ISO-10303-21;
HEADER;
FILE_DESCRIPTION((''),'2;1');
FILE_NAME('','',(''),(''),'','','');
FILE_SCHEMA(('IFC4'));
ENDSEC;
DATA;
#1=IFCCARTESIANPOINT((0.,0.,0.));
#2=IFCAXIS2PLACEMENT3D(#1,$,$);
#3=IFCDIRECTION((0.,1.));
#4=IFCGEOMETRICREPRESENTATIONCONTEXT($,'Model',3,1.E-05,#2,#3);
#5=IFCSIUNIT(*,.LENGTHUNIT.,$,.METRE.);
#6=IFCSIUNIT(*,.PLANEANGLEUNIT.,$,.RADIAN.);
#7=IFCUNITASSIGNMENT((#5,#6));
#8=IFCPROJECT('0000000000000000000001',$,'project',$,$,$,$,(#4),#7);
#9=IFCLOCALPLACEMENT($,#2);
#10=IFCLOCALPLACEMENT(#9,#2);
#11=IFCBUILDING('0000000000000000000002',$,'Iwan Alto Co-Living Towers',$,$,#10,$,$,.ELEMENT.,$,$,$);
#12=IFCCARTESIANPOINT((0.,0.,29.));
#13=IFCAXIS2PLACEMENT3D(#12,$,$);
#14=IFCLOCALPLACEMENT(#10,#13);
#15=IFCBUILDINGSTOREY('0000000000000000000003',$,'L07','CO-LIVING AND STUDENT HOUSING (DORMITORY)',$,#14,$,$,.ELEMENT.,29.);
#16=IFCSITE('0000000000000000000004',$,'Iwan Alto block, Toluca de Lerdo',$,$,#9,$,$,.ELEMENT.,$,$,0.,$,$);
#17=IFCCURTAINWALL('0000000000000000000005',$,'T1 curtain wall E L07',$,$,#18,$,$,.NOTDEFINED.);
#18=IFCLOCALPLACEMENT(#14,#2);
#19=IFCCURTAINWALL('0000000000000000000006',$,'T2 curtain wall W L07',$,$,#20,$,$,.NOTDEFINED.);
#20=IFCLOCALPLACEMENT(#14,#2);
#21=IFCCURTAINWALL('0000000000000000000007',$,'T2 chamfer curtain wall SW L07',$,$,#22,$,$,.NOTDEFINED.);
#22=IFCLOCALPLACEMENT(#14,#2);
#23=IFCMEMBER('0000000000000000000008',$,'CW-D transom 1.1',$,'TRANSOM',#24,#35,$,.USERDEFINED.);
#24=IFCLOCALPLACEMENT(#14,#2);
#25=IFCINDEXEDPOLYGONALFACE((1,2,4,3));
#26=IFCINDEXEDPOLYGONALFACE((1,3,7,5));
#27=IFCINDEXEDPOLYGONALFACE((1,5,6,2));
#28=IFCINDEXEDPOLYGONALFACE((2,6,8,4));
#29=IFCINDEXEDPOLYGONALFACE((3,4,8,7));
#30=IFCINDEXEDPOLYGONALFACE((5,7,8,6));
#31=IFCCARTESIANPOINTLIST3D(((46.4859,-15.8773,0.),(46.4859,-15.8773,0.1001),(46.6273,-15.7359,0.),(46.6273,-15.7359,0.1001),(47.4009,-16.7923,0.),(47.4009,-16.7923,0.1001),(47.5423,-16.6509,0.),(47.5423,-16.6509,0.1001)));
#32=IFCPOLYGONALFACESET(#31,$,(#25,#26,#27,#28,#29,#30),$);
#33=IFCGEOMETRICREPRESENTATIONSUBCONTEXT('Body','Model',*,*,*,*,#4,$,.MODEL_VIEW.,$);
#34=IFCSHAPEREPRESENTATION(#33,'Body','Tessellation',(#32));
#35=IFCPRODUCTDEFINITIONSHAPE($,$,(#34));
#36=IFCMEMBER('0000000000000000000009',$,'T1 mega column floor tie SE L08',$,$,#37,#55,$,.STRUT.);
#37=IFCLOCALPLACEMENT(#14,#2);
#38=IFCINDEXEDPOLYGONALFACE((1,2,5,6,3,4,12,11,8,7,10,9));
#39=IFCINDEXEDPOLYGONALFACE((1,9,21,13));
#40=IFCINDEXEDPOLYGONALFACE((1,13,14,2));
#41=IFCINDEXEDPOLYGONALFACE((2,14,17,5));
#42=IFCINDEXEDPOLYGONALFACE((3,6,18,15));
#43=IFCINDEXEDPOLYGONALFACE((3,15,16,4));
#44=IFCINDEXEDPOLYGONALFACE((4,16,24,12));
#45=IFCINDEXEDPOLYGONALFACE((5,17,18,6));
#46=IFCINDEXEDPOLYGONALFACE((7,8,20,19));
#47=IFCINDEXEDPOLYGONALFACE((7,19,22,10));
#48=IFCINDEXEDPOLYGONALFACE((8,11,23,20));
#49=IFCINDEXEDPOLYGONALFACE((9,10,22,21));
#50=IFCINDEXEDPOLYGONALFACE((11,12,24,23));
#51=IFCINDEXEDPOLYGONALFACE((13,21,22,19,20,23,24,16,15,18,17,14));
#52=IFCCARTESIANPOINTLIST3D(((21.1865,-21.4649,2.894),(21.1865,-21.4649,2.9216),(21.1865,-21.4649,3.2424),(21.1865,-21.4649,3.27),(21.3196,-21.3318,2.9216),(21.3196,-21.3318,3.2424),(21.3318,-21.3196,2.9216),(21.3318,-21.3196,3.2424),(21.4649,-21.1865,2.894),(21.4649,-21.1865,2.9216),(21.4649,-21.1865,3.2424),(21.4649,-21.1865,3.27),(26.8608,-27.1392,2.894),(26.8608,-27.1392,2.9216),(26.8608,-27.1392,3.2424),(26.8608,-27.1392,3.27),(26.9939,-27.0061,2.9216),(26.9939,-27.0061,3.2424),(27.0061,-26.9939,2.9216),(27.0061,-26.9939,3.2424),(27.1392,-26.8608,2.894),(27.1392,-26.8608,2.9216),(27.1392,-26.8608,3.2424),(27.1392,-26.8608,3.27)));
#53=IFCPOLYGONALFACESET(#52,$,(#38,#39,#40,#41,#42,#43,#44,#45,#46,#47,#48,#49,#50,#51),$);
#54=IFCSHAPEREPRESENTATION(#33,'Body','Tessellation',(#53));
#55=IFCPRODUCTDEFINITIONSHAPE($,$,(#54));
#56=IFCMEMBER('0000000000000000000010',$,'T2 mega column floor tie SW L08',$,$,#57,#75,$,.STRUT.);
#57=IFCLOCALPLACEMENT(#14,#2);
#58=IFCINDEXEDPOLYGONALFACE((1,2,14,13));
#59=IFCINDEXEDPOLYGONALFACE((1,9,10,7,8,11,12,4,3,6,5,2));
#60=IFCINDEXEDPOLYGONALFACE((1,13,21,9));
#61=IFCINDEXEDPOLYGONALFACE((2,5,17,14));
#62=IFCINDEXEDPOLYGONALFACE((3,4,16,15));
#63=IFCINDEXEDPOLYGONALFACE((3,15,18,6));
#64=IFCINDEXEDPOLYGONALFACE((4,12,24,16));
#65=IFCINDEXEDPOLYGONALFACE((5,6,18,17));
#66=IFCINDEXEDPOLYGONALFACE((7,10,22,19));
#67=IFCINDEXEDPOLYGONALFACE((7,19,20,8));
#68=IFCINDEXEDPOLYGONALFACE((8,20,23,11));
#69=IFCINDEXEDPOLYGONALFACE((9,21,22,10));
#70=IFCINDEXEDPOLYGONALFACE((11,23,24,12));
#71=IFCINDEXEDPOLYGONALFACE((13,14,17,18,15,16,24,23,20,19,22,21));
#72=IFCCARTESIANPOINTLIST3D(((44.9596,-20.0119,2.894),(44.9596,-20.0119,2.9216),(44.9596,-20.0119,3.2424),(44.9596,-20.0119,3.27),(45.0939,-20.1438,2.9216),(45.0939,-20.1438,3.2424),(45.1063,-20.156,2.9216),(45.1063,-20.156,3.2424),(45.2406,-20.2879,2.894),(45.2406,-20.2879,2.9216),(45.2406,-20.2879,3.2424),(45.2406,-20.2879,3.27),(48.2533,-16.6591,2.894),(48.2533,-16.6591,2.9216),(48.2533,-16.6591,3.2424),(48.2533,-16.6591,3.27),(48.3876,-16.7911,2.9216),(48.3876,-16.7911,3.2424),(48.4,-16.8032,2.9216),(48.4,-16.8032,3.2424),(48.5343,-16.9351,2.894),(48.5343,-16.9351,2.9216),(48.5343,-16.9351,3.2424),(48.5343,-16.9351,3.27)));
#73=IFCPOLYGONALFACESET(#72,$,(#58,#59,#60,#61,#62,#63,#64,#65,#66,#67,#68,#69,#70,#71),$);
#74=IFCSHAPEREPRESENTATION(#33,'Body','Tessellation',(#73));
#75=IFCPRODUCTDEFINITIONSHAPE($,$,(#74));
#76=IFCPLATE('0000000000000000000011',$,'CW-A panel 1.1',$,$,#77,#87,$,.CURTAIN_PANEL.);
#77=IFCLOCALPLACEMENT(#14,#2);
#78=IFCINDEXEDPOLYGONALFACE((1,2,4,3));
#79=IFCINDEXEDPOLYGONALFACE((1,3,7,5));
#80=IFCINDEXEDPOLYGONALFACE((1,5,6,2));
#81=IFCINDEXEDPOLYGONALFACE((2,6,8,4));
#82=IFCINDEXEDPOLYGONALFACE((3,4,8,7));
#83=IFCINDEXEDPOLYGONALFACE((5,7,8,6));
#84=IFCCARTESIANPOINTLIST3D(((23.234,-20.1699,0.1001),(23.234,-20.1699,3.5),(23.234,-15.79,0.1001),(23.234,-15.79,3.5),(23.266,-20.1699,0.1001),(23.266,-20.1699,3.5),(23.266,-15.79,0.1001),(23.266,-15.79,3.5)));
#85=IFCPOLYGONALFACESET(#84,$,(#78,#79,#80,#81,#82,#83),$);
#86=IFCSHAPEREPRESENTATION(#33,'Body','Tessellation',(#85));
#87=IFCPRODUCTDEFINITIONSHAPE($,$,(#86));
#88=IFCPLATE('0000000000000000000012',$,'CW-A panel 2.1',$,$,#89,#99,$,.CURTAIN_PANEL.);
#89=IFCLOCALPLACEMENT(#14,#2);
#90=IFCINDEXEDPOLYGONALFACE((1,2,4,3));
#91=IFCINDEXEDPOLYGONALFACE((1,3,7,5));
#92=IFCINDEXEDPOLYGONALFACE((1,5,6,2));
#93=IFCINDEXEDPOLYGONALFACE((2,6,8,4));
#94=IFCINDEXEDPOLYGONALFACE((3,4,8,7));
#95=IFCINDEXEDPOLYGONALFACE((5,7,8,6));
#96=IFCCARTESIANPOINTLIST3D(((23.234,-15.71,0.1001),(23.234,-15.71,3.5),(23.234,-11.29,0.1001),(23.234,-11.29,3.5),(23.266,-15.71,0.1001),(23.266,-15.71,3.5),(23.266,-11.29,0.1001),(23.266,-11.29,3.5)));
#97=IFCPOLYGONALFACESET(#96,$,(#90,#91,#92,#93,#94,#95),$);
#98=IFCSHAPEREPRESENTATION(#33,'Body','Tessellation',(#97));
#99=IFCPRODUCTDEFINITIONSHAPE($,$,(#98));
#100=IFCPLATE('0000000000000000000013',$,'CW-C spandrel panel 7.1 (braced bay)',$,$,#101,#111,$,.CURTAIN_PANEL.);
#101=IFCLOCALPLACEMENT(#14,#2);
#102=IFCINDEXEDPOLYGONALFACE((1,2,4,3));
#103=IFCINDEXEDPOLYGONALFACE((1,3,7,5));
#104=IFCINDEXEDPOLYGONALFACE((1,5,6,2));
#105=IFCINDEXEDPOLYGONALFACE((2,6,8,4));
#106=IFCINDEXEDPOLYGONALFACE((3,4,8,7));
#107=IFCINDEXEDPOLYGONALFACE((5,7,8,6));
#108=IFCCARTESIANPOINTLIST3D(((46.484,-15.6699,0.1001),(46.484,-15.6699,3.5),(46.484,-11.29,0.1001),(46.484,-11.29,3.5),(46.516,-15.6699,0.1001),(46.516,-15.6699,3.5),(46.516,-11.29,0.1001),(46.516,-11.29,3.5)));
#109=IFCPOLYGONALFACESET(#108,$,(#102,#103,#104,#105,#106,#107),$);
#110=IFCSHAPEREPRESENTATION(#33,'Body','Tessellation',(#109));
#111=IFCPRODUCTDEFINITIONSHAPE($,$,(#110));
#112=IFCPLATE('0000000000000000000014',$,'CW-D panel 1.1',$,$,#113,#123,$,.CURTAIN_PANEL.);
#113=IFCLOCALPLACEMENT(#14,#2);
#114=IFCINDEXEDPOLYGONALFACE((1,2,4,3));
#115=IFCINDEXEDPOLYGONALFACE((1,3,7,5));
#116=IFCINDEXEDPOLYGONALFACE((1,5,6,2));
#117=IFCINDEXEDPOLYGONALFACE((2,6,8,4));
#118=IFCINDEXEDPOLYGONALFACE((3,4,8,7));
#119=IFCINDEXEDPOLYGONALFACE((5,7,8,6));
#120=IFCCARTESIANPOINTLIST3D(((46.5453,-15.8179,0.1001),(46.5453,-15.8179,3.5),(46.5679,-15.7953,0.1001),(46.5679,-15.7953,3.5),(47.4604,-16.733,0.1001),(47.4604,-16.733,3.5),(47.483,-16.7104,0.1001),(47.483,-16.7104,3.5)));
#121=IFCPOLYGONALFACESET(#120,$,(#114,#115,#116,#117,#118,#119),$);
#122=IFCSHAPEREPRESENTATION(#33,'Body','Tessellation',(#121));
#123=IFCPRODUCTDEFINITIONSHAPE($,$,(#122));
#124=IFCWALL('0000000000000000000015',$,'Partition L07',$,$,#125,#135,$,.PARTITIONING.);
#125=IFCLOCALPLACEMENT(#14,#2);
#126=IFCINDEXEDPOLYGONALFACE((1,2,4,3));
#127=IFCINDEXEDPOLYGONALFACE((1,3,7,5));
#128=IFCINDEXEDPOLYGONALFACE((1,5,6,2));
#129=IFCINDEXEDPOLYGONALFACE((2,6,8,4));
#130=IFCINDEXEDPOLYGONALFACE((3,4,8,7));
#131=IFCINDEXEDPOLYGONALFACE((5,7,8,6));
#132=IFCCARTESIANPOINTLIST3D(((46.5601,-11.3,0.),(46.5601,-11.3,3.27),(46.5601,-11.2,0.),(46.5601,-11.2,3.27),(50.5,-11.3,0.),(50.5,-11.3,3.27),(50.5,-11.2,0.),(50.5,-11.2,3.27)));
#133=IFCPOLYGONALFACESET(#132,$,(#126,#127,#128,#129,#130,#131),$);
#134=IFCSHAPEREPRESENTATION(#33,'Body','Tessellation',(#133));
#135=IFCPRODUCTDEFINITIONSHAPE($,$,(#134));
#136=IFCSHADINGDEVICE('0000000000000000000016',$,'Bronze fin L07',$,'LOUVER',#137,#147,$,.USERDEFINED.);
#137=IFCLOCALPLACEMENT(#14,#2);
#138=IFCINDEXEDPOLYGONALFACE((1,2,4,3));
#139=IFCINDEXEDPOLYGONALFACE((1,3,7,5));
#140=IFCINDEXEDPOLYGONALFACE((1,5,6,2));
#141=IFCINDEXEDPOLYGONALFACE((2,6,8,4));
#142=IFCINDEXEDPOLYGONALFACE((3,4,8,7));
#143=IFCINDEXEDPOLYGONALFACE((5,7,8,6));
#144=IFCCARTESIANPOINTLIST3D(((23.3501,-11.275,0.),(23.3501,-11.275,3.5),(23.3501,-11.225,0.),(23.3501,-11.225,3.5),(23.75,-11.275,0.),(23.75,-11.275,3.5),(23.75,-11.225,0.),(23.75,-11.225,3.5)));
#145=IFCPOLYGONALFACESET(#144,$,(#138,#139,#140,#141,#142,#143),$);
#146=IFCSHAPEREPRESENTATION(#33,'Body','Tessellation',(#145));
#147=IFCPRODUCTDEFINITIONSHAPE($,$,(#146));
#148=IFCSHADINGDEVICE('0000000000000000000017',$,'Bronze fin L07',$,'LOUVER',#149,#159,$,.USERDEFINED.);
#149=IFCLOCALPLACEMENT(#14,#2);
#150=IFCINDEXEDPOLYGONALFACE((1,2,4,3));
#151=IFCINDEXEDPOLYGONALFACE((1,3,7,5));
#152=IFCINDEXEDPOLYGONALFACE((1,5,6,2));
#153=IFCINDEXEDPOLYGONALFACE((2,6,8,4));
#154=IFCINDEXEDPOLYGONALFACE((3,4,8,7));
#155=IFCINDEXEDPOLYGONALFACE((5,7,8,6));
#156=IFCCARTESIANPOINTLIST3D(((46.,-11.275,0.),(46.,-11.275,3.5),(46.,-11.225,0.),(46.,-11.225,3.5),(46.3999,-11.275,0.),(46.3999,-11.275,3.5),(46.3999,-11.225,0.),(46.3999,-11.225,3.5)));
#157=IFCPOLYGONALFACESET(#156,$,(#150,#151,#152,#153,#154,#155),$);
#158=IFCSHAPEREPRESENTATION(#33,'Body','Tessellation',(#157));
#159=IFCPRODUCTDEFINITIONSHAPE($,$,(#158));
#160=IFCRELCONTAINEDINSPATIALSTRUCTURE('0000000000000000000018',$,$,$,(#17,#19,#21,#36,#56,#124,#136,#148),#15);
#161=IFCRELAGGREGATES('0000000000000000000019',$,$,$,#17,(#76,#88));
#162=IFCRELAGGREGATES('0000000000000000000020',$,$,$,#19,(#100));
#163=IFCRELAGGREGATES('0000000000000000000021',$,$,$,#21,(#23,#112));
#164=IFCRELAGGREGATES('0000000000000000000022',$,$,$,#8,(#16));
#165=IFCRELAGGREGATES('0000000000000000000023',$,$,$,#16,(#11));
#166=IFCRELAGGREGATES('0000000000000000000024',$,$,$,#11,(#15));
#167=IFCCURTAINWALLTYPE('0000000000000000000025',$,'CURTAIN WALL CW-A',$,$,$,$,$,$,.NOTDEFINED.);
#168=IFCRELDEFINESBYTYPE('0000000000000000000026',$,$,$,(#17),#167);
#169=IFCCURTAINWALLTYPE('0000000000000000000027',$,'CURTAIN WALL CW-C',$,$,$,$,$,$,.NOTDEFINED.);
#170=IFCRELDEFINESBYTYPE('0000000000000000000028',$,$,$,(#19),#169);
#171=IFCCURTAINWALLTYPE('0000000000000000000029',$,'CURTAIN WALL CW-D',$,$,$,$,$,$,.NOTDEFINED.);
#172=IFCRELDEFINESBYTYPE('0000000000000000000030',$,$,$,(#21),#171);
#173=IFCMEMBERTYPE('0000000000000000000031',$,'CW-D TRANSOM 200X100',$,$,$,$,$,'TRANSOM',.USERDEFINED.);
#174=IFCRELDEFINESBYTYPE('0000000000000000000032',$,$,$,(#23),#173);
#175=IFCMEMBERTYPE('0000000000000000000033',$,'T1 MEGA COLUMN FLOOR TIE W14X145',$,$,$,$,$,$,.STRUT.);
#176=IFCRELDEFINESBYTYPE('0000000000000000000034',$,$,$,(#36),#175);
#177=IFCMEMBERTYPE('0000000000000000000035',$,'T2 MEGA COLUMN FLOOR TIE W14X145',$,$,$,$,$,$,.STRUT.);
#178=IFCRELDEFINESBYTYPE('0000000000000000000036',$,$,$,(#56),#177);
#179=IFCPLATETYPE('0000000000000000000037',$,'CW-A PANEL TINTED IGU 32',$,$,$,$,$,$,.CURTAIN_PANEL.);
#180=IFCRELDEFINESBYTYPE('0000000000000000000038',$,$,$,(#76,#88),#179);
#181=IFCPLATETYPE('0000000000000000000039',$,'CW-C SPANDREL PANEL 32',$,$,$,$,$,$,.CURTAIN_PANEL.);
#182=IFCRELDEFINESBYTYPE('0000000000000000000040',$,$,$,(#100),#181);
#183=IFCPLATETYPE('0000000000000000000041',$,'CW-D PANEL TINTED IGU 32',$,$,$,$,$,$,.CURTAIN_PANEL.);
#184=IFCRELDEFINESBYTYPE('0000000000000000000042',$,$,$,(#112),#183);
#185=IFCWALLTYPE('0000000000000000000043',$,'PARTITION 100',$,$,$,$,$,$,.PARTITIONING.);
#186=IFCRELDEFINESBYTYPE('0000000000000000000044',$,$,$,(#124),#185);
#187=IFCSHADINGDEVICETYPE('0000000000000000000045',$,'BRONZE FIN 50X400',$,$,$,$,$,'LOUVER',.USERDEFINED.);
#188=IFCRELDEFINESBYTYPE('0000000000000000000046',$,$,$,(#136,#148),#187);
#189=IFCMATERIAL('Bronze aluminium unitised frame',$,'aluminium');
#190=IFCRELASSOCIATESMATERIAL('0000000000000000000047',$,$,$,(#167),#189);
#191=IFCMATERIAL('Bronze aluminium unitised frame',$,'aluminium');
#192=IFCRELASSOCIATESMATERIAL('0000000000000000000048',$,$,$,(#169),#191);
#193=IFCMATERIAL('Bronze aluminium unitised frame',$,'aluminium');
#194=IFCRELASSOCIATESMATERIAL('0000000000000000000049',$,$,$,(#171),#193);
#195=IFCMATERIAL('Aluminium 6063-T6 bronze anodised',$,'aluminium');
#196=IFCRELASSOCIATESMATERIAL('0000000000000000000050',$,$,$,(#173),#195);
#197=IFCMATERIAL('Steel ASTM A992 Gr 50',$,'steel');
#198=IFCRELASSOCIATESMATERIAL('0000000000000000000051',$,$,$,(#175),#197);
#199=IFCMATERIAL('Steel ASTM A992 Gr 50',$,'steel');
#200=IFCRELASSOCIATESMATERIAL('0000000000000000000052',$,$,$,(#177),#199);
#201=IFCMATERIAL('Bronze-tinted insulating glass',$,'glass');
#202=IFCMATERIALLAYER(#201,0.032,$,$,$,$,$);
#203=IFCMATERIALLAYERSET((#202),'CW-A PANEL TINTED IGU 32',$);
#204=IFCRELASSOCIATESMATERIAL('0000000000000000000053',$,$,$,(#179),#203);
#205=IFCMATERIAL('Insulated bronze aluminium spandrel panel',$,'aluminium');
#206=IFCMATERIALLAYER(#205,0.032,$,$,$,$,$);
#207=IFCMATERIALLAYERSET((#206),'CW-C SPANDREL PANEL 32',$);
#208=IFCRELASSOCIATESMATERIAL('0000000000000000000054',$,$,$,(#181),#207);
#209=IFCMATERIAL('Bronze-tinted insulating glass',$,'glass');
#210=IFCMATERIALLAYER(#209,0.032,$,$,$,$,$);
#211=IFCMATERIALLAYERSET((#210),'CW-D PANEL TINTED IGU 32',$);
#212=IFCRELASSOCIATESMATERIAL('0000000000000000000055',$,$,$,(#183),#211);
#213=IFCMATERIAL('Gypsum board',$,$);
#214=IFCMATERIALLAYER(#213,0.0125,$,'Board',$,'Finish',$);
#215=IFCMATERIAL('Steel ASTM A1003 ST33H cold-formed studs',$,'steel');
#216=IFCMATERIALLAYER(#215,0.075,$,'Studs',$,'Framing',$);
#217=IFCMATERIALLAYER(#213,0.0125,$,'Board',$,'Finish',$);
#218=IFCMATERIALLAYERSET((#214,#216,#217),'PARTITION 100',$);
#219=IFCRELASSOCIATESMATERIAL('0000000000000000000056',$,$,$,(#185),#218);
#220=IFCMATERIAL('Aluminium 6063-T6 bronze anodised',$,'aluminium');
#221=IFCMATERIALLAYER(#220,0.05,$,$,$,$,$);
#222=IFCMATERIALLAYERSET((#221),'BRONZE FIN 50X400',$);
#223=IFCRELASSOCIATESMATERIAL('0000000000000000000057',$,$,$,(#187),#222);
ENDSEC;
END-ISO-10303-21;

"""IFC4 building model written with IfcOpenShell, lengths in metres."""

from ifc_helpers import new_model, si_unit, direction, frame, frame_2d, origin, origin_2d, place, context, subcontext, project, spatial, rectangle, i_section, extrude, material, layer, layer_set, material_profile, profile_set, type_object, element, aggregate, save


model = new_model("IFC4")

# Units and contexts
model_context = context("Model", 3, precision=1e-05, world=origin(), true_north=direction((0.0, 1.0)))
body_context = subcontext(model_context, "Body", "Model", "MODEL_VIEW")
ifc_project = project(units=[si_unit("LENGTHUNIT", "METRE"), si_unit("PLANEANGLEUNIT", "RADIAN")], contexts=[model_context])

# Site, building, storey
site_placement = place(None, origin())
site = spatial("IfcSite", under=ifc_project, at=site_placement, Name="Iwan Alto block, Toluca de Lerdo", CompositionType="ELEMENT", RefElevation=0.0)
building_placement = place(site_placement, origin())
building = spatial("IfcBuilding", under=site, at=building_placement, Name="Iwan Alto Co-Living Towers", CompositionType="ELEMENT")
storey_placement = place(building_placement, frame((0.0, 0.0, 29.0)))
storey = spatial("IfcBuildingStorey", under=building, at=storey_placement, Name="L07", Description="CO-LIVING AND STUDENT HOUSING (DORMITORY)", CompositionType="ELEMENT", Elevation=29.0)

# Curtain walls, member
ifc_material_1 = material(Name="Bronze aluminium unitised frame", Category="aluminium")
curtain_wall_type_1 = type_object("IfcCurtainWallType", Name="CURTAIN WALL CW-A", PredefinedType="NOTDEFINED", material=ifc_material_1)
curtain_wall_1_placement = place(storey_placement, origin())
curtain_wall_1 = element("IfcCurtainWall", 1, at=curtain_wall_1_placement, inside=storey, type_object=curtain_wall_type_1, Name="T1 curtain wall E L07", PredefinedType="NOTDEFINED")
ifc_material_2 = material(Name="Bronze aluminium unitised frame", Category="aluminium")
curtain_wall_type_2 = type_object("IfcCurtainWallType", Name="CURTAIN WALL CW-C", PredefinedType="NOTDEFINED", material=ifc_material_2)
curtain_wall_2_placement = place(storey_placement, origin())
curtain_wall_2 = element("IfcCurtainWall", 2, at=curtain_wall_2_placement, inside=storey, type_object=curtain_wall_type_2, Name="T2 curtain wall W L07", PredefinedType="NOTDEFINED")
ifc_material_3 = material(Name="Bronze aluminium unitised frame", Category="aluminium")
curtain_wall_type_3 = type_object("IfcCurtainWallType", Name="CURTAIN WALL CW-D", PredefinedType="NOTDEFINED", material=ifc_material_3)
curtain_wall_3_placement = place(storey_placement, origin())
curtain_wall_3 = element("IfcCurtainWall", 3, at=curtain_wall_3_placement, inside=storey, type_object=curtain_wall_type_3, Name="T2 chamfer curtain wall SW L07", PredefinedType="NOTDEFINED")
ifc_material_4 = material(Name="Aluminium 6063-T6 bronze anodised", Category="aluminium")
ifc_material_profile_1 = material_profile(ifc_material_4, rectangle(XDim=0.2, YDim=0.1001, at=origin_2d()), Name="AL 200X100")
ifc_profile_set_1 = profile_set([ifc_material_profile_1], Name="Aluminium 6063-T6 bronze anodised")
member_type_1 = type_object("IfcMemberType", Name="CW-D TRANSOM 200X100", ElementType="TRANSOM", PredefinedType="USERDEFINED", material=ifc_profile_set_1)
member_1_placement = place(storey_placement, frame((46.5566, -15.8066, 0.05), z_axis=(0.707107, -0.707107, 0.0), x_axis=(0.707107, 0.707107, 0.0)))
member_1 = element("IfcMember", 4, at=member_1_placement, type_object=member_type_1, Name="CW-D transom 1.1", ObjectType="TRANSOM", PredefinedType="USERDEFINED", context=body_context, shape_type="SweptSolid", body=[
    extrude(rectangle(XDim=0.2, YDim=0.1001, at=origin_2d()), origin(), (0.0, 0.0, 1.0), 1.2939),
])

# Members
ifc_material_5 = material(Name="Steel ASTM A992 Gr 50", Category="steel")
ifc_material_profile_2 = material_profile(ifc_material_5, i_section(OverallWidth=0.3938, OverallDepth=0.376, WebThickness=0.0173, FlangeThickness=0.0276, at=origin_2d()), Name="W14X145")
ifc_profile_set_2 = profile_set([ifc_material_profile_2], Name="Steel ASTM A992 Gr 50")
member_type_2 = type_object("IfcMemberType", Name="T1 MEGA COLUMN FLOOR TIE W14X145", PredefinedType="STRUT", material=ifc_profile_set_2)
member_2_placement = place(storey_placement, frame((27.0, -27.0, 3.082), z_axis=(-0.707107, 0.707107, 0.0), x_axis=(-0.707107, -0.707107, 0.0)))
element("IfcMember", 5, at=member_2_placement, inside=storey, type_object=member_type_2, Name="T1 mega column floor tie SE L08", PredefinedType="STRUT", context=body_context, shape_type="SweptSolid", body=[
    extrude(i_section(OverallWidth=0.3938, OverallDepth=0.376, WebThickness=0.0173, FlangeThickness=0.0276, at=origin_2d()), origin(), (0.0, 0.0, 1.0), 8.0247),
])
ifc_material_6 = material(Name="Steel ASTM A992 Gr 50", Category="steel")
ifc_material_profile_3 = material_profile(ifc_material_6, i_section(OverallWidth=0.3938, OverallDepth=0.376, WebThickness=0.0173, FlangeThickness=0.0276, at=origin_2d()), Name="W14X145")
ifc_profile_set_3 = profile_set([ifc_material_profile_3], Name="Steel ASTM A992 Gr 50")
member_type_3 = type_object("IfcMemberType", Name="T2 MEGA COLUMN FLOOR TIE W14X145", PredefinedType="STRUT", material=ifc_profile_set_3)
member_3_placement = place(storey_placement, frame((45.1001, -20.1499, 3.082), z_axis=(0.700793, 0.713364, 0.0), x_axis=(-0.713364, 0.700793, 0.0)))
element("IfcMember", 6, at=member_3_placement, inside=storey, type_object=member_type_3, Name="T2 mega column floor tie SW L08", PredefinedType="STRUT", context=body_context, shape_type="SweptSolid", body=[
    extrude(i_section(OverallWidth=0.3938, OverallDepth=0.376, WebThickness=0.0173, FlangeThickness=0.0276, at=origin_2d()), origin(), (0.0, 0.0, 1.0), 4.7),
])

# Plates
ifc_material_7 = material(Name="Bronze-tinted insulating glass", Category="glass")
ifc_layer_1 = layer(ifc_material_7, 0.032)
ifc_layer_set_1 = layer_set([ifc_layer_1], Name="CW-A PANEL TINTED IGU 32")
plate_type_1 = type_object("IfcPlateType", Name="CW-A PANEL TINTED IGU 32", PredefinedType="CURTAIN_PANEL", material=ifc_layer_set_1)
plate_1_placement = place(storey_placement, frame((23.25, -17.98, 0.1001), z_axis=(0.0, 0.0, 1.0), x_axis=(0.0, 1.0, 0.0)))
plate_1 = element("IfcPlate", 7, at=plate_1_placement, type_object=plate_type_1, Name="CW-A panel 1.1", PredefinedType="CURTAIN_PANEL", context=body_context, shape_type="SweptSolid", body=[
    extrude(rectangle(XDim=4.3799, YDim=0.032, at=origin_2d()), origin(), (0.0, 0.0, 1.0), 3.3999),
])
plate_2_placement = place(storey_placement, frame((23.25, -13.5, 0.1001), z_axis=(0.0, 0.0, 1.0), x_axis=(0.0, 1.0, 0.0)))
plate_2 = element("IfcPlate", 8, at=plate_2_placement, type_object=plate_type_1, Name="CW-A panel 2.1", PredefinedType="CURTAIN_PANEL", context=body_context, shape_type="SweptSolid", body=[
    extrude(rectangle(XDim=4.4199, YDim=0.032, at=origin_2d()), origin(), (0.0, 0.0, 1.0), 3.3999),
])
aggregate(curtain_wall_1, [plate_1, plate_2])
ifc_material_8 = material(Name="Insulated bronze aluminium spandrel panel", Category="aluminium")
ifc_layer_2 = layer(ifc_material_8, 0.032)
ifc_layer_set_2 = layer_set([ifc_layer_2], Name="CW-C SPANDREL PANEL 32")
plate_type_2 = type_object("IfcPlateType", Name="CW-C SPANDREL PANEL 32", PredefinedType="CURTAIN_PANEL", material=ifc_layer_set_2)
plate_3_placement = place(storey_placement, frame((46.5, -13.48, 0.1001), z_axis=(0.0, 0.0, 1.0), x_axis=(0.0, -1.0, 0.0)))
plate_3 = element("IfcPlate", 9, at=plate_3_placement, type_object=plate_type_2, Name="CW-C spandrel panel 7.1 (braced bay)", PredefinedType="CURTAIN_PANEL", context=body_context, shape_type="SweptSolid", body=[
    extrude(rectangle(XDim=4.3799, YDim=0.032, at=origin_2d()), origin(), (0.0, 0.0, 1.0), 3.3999),
])
aggregate(curtain_wall_2, [plate_3])
ifc_material_9 = material(Name="Bronze-tinted insulating glass", Category="glass")
ifc_layer_3 = layer(ifc_material_9, 0.032)
ifc_layer_set_3 = layer_set([ifc_layer_3], Name="CW-D PANEL TINTED IGU 32")
plate_type_3 = type_object("IfcPlateType", Name="CW-D PANEL TINTED IGU 32", PredefinedType="CURTAIN_PANEL", material=ifc_layer_set_3)
plate_4_placement = place(storey_placement, frame((47.0142, -16.2642, 0.1001), z_axis=(0.0, 0.0, 1.0), x_axis=(0.707107, -0.707107, 0.0)))
plate_4 = element("IfcPlate", 10, at=plate_4_placement, type_object=plate_type_3, Name="CW-D panel 1.1", PredefinedType="CURTAIN_PANEL", context=body_context, shape_type="SweptSolid", body=[
    extrude(rectangle(XDim=1.2942, YDim=0.032, at=origin_2d()), origin(), (0.0, 0.0, 1.0), 3.3999),
])
aggregate(curtain_wall_3, [member_1, plate_4])

# Wall
ifc_material_10 = material(Name="Gypsum board")
ifc_layer_4 = layer(ifc_material_10, 0.0125, Name="Board", Category="Finish")
ifc_material_11 = material(Name="Steel ASTM A1003 ST33H cold-formed studs", Category="steel")
ifc_layer_5 = layer(ifc_material_11, 0.075, Name="Studs", Category="Framing")
ifc_layer_6 = layer(ifc_material_10, 0.0125, Name="Board", Category="Finish")
ifc_layer_set_4 = layer_set([ifc_layer_4, ifc_layer_5, ifc_layer_6], Name="PARTITION 100")
wall_type = type_object("IfcWallType", Name="PARTITION 100", PredefinedType="PARTITIONING", material=ifc_layer_set_4)
wall_placement = place(storey_placement, frame((46.5601, -11.25, 0.0), z_axis=(0.0, 0.0, 1.0), x_axis=(1.0, 0.0, 0.0)))
element("IfcWall", 11, at=wall_placement, inside=storey, type_object=wall_type, Name="Partition L07", PredefinedType="PARTITIONING", context=body_context, shape_type="SweptSolid", body=[
    extrude(rectangle(XDim=3.9399, YDim=0.1001, at=frame_2d((1.97, 0.0))), origin(), (0.0, 0.0, 1.0), 3.27),
])

# Shading devices
ifc_material_12 = material(Name="Aluminium 6063-T6 bronze anodised", Category="aluminium")
ifc_layer_7 = layer(ifc_material_12, 0.05)
ifc_layer_set_5 = layer_set([ifc_layer_7], Name="BRONZE FIN 50X400")
shading_device_type = type_object("IfcShadingDeviceType", Name="BRONZE FIN 50X400", ElementType="LOUVER", PredefinedType="USERDEFINED", material=ifc_layer_set_5)
for number, where, z_axis, x_axis, name in (
    (12, (23.55, -11.25, 0.0), (0.0, 0.0, 1.0), (0.0, 1.0, 0.0), "Bronze fin L07"),
    (13, (46.2, -11.25, 0.0), (0.0, 0.0, 1.0), (0.0, -1.0, 0.0), "Bronze fin L07"),
):
    element("IfcShadingDevice", number, at=place(storey_placement, frame(where, z_axis=z_axis, x_axis=x_axis)), inside=storey, type_object=shading_device_type, Name=name, ObjectType="LOUVER", PredefinedType="USERDEFINED", context=body_context, shape_type="SweptSolid", body=[
        extrude(rectangle(XDim=0.05, YDim=0.3999, at=origin_2d()), origin(), (0.0, 0.0, 1.0), 3.5),
    ])

save(model, "model.ifc")
